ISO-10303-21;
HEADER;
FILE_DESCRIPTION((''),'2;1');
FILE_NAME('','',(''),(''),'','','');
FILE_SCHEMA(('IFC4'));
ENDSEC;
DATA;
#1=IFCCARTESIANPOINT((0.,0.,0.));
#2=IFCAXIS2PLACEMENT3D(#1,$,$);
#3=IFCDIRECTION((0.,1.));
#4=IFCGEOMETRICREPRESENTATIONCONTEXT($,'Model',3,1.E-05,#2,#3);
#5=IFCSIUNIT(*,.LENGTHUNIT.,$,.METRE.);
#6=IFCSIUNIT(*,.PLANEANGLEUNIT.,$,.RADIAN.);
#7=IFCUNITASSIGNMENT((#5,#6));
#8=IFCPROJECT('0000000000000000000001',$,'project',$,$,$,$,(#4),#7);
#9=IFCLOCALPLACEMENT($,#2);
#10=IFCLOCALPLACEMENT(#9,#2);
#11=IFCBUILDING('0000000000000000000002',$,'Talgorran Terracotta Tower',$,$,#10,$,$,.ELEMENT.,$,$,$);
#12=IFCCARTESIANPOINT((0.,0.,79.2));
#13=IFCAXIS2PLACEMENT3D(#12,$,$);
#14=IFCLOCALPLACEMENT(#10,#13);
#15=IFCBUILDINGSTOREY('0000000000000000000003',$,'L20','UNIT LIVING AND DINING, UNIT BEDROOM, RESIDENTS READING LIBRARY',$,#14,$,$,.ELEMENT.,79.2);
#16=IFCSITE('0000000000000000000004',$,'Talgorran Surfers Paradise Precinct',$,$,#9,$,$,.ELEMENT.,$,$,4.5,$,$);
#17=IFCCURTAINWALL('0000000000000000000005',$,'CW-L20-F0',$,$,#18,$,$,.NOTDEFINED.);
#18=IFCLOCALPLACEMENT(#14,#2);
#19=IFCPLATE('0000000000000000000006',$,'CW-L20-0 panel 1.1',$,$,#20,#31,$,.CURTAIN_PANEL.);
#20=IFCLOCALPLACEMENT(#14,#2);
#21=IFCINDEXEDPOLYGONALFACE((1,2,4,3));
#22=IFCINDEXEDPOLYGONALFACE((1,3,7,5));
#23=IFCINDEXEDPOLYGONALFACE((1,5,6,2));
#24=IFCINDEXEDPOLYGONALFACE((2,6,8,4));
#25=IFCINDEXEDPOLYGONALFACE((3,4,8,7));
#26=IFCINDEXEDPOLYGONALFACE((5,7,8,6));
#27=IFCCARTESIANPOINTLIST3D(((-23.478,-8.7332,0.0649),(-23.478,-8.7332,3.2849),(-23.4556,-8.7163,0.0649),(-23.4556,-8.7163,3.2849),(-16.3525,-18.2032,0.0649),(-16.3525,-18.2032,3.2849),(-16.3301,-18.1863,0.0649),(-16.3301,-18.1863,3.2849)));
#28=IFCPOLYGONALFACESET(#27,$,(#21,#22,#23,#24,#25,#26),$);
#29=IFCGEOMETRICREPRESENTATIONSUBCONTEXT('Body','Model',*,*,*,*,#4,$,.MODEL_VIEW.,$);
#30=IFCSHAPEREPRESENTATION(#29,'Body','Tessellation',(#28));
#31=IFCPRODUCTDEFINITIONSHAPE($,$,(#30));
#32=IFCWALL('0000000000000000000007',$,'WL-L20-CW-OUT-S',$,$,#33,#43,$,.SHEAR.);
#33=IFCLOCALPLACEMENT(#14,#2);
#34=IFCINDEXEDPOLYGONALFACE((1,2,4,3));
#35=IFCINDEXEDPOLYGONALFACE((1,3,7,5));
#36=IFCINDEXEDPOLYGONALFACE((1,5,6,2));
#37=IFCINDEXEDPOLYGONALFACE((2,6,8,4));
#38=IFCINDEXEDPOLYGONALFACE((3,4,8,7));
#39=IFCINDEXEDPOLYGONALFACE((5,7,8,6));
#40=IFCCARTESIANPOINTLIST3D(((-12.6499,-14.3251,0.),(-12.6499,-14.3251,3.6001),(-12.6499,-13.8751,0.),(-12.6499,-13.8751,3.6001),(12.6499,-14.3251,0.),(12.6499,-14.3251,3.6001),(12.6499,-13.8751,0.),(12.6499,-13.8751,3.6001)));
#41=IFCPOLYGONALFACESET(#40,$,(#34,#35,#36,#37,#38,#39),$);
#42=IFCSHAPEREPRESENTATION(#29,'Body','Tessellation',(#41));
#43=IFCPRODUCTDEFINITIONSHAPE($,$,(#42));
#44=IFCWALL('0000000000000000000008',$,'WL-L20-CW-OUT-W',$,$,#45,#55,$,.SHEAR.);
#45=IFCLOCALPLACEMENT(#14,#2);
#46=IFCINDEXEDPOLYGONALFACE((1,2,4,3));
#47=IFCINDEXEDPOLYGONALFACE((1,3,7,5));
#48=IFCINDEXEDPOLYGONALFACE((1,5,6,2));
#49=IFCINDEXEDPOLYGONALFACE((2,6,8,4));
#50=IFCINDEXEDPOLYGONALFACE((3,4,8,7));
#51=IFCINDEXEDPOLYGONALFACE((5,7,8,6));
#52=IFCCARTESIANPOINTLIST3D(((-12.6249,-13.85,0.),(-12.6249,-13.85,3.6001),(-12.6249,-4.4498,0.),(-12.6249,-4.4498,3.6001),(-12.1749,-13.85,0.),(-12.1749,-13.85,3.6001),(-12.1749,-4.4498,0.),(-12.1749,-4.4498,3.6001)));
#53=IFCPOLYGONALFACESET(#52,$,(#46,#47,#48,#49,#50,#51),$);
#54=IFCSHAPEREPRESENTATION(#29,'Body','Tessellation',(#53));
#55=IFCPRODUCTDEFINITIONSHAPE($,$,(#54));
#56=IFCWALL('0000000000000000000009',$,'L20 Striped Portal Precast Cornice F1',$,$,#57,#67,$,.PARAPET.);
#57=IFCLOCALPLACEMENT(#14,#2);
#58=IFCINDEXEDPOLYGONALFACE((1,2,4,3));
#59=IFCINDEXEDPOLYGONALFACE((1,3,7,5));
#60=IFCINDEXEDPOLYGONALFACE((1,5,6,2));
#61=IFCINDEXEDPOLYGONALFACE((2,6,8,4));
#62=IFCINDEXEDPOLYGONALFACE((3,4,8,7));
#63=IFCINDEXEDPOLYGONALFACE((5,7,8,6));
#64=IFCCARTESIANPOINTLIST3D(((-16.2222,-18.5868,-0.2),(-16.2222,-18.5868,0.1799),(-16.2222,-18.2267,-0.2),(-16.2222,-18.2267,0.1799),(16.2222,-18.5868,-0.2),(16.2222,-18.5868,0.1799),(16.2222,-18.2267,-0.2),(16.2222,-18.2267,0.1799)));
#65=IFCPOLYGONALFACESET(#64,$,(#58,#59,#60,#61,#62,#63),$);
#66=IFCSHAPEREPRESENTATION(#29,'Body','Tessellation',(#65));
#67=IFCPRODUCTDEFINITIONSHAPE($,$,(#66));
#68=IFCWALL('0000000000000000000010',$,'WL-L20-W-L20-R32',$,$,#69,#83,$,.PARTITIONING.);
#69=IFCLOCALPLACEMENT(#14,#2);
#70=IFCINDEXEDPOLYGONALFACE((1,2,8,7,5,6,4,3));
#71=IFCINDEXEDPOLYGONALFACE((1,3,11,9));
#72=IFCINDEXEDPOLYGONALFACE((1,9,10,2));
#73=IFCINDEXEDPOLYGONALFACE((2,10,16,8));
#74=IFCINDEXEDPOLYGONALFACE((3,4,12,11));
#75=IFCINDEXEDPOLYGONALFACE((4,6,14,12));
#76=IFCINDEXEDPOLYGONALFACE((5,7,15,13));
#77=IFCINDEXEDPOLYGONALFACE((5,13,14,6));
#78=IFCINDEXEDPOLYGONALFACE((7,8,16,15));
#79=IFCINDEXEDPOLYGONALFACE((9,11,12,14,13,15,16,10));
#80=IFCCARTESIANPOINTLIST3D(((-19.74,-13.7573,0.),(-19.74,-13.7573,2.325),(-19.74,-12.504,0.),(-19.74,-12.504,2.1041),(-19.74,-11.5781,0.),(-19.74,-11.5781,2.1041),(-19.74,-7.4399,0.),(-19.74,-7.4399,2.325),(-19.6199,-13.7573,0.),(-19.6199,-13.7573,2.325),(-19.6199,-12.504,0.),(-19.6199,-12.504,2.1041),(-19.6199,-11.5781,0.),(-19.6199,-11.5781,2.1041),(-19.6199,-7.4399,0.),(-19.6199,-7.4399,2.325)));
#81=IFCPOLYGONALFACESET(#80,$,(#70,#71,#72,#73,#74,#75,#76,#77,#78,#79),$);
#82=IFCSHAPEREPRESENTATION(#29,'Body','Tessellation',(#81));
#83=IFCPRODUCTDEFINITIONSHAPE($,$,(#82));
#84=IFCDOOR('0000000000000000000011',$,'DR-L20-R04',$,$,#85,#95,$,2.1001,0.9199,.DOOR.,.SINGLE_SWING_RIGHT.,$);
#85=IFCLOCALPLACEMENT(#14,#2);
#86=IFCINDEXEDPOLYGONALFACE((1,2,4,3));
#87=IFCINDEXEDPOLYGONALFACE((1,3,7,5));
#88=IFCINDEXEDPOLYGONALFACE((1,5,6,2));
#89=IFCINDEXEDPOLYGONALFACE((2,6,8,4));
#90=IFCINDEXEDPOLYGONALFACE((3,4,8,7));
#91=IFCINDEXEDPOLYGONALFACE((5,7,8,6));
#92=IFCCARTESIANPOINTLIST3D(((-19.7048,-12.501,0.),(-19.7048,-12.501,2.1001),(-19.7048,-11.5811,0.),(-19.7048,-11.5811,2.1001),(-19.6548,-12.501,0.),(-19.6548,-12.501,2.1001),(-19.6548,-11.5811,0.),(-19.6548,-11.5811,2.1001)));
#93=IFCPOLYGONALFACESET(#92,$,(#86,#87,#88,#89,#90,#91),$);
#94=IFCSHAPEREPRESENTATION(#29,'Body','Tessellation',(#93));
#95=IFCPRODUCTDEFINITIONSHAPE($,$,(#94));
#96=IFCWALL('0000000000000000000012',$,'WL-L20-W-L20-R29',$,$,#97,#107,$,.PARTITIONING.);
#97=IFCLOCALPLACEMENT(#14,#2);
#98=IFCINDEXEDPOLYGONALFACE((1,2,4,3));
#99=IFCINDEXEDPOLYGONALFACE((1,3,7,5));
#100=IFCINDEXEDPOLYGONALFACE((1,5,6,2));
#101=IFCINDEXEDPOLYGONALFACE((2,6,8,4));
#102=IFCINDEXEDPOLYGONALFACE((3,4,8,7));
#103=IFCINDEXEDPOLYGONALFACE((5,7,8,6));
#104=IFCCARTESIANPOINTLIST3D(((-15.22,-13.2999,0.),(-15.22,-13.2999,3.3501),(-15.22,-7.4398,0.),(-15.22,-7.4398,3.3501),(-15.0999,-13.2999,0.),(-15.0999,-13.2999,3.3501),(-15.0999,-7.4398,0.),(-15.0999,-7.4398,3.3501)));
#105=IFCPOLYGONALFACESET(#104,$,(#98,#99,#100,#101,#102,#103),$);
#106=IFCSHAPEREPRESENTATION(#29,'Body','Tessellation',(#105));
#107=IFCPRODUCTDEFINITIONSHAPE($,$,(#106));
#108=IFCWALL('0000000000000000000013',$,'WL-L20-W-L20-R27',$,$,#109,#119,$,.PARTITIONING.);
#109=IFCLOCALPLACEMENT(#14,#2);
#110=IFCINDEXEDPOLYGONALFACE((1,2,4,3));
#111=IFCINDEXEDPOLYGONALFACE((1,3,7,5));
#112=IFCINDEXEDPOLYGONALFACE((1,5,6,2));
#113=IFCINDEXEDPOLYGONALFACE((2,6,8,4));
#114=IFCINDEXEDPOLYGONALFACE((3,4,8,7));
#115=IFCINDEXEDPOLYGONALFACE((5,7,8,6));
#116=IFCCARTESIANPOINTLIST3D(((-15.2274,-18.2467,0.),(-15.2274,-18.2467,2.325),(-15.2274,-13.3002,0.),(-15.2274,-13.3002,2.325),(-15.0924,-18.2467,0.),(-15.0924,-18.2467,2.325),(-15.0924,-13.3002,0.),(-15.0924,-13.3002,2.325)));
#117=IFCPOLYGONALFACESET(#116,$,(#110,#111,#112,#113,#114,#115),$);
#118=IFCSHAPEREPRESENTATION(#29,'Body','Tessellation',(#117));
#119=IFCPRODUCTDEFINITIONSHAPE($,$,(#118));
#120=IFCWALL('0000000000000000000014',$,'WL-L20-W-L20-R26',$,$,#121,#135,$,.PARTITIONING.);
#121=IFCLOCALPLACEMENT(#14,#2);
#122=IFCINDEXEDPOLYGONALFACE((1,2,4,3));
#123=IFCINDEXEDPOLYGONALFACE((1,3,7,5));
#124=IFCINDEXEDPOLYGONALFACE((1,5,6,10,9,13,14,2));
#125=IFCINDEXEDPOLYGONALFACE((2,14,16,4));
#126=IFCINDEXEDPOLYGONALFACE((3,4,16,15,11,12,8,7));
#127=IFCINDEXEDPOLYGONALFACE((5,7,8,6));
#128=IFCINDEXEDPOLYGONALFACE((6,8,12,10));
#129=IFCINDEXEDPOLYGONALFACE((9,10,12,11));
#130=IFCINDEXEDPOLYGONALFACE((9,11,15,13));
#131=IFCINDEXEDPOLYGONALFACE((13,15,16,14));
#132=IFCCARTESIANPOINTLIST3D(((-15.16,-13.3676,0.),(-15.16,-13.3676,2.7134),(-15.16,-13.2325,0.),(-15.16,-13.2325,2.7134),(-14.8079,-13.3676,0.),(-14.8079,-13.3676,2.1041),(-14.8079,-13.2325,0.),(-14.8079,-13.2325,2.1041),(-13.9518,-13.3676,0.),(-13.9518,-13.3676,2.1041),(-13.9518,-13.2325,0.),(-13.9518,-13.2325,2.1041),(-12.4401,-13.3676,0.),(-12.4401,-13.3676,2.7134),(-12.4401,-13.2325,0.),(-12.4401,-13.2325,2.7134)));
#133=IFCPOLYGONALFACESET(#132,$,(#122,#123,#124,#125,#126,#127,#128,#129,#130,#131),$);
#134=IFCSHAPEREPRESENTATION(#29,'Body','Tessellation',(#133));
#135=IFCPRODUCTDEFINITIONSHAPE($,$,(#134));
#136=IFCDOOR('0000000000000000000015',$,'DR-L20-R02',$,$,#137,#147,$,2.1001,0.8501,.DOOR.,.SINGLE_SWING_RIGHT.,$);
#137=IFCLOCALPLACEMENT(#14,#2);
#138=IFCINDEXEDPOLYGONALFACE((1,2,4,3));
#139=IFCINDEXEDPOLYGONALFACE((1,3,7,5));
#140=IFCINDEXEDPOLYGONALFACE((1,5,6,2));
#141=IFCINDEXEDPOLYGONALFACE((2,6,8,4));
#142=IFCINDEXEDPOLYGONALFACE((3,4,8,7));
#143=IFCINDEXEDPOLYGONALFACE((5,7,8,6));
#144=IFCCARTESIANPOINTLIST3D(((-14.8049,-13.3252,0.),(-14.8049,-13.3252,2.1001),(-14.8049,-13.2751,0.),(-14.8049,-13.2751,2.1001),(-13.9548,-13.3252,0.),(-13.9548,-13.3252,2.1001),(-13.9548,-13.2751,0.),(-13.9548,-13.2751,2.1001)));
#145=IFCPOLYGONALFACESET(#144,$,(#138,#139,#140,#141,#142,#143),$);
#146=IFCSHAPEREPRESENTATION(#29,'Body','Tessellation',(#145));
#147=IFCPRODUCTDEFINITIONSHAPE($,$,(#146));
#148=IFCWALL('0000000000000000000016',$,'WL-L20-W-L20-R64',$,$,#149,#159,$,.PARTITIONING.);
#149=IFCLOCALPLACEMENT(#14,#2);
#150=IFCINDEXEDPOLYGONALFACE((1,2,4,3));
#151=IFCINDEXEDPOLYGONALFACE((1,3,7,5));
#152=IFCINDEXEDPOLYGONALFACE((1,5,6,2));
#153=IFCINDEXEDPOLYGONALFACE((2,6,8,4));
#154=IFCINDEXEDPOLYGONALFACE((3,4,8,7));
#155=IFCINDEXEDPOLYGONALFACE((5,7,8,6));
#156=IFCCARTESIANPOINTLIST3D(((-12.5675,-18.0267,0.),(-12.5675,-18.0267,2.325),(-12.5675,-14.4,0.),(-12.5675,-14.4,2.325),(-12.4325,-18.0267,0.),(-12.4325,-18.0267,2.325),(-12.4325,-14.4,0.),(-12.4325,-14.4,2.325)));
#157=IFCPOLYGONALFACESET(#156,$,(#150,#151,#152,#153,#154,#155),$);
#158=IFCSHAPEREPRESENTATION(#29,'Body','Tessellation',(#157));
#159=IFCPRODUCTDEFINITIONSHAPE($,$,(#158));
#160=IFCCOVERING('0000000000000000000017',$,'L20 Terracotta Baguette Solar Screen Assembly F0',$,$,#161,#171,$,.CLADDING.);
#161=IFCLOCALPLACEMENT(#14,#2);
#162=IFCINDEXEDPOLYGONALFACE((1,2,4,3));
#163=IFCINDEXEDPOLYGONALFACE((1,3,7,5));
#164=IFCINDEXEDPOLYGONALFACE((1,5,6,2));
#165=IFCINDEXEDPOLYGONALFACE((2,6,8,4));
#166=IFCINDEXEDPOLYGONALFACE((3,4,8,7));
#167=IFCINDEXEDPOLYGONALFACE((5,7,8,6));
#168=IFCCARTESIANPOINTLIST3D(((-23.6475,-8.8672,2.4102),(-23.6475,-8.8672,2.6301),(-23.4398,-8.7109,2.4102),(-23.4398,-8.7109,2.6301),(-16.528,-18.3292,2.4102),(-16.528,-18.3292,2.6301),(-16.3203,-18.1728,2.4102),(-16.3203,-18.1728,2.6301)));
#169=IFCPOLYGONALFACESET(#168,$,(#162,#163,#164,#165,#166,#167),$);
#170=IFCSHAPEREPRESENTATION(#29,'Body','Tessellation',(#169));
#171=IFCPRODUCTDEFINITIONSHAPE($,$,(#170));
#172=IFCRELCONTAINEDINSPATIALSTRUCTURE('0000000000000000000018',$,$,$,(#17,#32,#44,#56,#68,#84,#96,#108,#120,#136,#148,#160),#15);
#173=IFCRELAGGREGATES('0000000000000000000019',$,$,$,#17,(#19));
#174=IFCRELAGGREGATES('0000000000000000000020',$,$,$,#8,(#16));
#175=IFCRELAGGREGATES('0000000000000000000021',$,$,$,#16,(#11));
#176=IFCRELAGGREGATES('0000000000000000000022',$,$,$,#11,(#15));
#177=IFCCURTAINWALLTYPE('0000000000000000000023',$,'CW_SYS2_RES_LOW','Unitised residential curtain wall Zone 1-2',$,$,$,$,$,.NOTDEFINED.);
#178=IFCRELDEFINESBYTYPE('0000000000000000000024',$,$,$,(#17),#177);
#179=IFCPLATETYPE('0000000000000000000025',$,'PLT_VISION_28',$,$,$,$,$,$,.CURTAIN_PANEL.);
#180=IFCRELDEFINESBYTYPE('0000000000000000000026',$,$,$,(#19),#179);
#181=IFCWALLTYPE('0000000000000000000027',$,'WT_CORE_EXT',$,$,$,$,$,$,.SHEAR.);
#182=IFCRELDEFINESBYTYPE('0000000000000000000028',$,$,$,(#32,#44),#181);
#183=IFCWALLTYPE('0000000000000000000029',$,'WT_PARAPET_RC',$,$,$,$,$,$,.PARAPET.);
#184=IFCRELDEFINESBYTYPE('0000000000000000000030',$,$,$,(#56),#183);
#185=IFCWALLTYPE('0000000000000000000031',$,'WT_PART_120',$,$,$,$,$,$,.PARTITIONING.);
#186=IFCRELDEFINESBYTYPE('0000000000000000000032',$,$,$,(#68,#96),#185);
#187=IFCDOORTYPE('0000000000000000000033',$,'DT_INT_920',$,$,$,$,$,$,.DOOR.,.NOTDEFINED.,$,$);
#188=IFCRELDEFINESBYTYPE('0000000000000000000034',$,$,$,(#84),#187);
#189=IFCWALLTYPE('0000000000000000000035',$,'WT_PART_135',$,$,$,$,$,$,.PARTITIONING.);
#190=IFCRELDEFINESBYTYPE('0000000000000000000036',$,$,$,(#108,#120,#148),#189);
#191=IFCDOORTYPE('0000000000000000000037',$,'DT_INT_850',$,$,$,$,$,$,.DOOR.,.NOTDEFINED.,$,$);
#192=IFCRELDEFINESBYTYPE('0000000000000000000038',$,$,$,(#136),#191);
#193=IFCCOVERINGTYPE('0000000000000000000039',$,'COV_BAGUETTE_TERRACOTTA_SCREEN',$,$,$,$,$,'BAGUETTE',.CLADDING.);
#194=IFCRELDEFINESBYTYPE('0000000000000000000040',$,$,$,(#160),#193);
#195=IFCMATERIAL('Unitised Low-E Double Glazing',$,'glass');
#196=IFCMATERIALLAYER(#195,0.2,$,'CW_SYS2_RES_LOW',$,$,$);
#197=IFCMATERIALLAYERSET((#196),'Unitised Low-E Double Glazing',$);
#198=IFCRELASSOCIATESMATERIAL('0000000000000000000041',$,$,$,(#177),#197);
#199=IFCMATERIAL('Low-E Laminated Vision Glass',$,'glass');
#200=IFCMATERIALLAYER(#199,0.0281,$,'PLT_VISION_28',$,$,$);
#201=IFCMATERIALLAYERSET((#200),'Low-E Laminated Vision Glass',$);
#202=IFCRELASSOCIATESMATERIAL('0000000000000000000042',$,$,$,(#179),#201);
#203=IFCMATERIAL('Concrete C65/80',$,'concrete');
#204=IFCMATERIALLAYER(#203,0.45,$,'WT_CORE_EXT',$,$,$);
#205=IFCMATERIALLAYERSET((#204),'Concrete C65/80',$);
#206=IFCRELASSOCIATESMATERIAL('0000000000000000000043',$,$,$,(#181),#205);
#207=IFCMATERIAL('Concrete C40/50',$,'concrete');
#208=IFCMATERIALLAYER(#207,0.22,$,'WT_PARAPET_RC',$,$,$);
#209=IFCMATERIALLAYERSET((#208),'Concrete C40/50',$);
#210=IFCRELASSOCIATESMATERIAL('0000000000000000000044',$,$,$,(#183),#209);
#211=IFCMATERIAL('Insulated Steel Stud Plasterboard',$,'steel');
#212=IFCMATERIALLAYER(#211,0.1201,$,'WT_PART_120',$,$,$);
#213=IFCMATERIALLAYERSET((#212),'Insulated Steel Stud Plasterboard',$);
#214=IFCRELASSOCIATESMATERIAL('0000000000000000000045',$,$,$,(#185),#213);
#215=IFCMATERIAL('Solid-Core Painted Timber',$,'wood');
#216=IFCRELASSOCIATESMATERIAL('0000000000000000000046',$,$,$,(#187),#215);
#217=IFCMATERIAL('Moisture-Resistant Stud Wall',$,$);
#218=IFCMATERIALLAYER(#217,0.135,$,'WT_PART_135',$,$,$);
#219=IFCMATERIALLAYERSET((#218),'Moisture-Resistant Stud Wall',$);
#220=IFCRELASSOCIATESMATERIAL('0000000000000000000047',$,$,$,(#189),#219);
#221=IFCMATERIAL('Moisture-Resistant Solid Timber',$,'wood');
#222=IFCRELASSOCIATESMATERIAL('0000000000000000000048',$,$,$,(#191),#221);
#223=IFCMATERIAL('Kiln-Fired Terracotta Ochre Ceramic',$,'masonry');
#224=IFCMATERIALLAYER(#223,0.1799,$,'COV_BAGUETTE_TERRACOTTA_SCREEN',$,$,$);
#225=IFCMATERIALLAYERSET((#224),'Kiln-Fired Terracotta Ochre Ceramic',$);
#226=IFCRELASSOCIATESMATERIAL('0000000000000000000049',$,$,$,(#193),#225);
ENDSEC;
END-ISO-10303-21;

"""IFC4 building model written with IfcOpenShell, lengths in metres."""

from ifc_helpers import new_model, si_unit, direction, frame, frame_2d, origin, origin_2d, place, context, subcontext, project, spatial, rectangle, extrude, source, transform, mapped, material, layer, layer_set, type_object, type_shapes, element, fill, aggregate, save


model = new_model("IFC4")

# Units and contexts
model_context = context("Model", 3, precision=1e-05, world=origin(), true_north=direction((0.0, 1.0)))
body_context = subcontext(model_context, "Body", "Model", "MODEL_VIEW")
ifc_project = project(units=[si_unit("LENGTHUNIT", "METRE"), si_unit("PLANEANGLEUNIT", "RADIAN")], contexts=[model_context])

# Site, building, storey
site_placement = place(None, origin())
site = spatial("IfcSite", under=ifc_project, at=site_placement, Name="Talgorran Surfers Paradise Precinct", CompositionType="ELEMENT", RefElevation=4.5)
building_placement = place(site_placement, origin())
building = spatial("IfcBuilding", under=site, at=building_placement, Name="Talgorran Terracotta Tower", CompositionType="ELEMENT")
storey_placement = place(building_placement, frame((0.0, 0.0, 79.2)))
storey = spatial("IfcBuildingStorey", under=building, at=storey_placement, Name="L20", Description="UNIT LIVING AND DINING, UNIT BEDROOM, RESIDENTS READING LIBRARY", CompositionType="ELEMENT", Elevation=79.2)

# Curtain wall
ifc_material_1 = material(Name="Unitised Low-E Double Glazing", Category="glass")
ifc_layer_1 = layer(ifc_material_1, 0.2, Name="CW_SYS2_RES_LOW")
ifc_layer_set_1 = layer_set([ifc_layer_1], Name="Unitised Low-E Double Glazing")
curtain_wall_type = type_object("IfcCurtainWallType", Name="CW_SYS2_RES_LOW", Description="Unitised residential curtain wall Zone 1-2", PredefinedType="NOTDEFINED", material=ifc_layer_set_1)
curtain_wall_1_placement = place(storey_placement, origin())
curtain_wall_1 = element("IfcCurtainWall", 1, at=curtain_wall_1_placement, inside=storey, type_object=curtain_wall_type, Name="CW-L20-F0", PredefinedType="NOTDEFINED")

# Plate
ifc_material_2 = material(Name="Low-E Laminated Vision Glass", Category="glass")
ifc_layer_2 = layer(ifc_material_2, 0.0281, Name="PLT_VISION_28")
ifc_layer_set_2 = layer_set([ifc_layer_2], Name="Low-E Laminated Vision Glass")
plate_type_1 = type_object("IfcPlateType", Name="PLT_VISION_28", PredefinedType="CURTAIN_PANEL", material=ifc_layer_set_2)
shared_shape_1 = source(origin(), body_context, "Body", "SweptSolid", [
    extrude(rectangle(XDim=11.8513, YDim=0.0281, at=origin_2d()), origin(), (0.0, 0.0, 1.0), 3.22),
])
type_shapes(plate_type_1, [shared_shape_1])
plate_1_placement = place(storey_placement, frame((-19.9041, -13.4597, 0.0649), z_axis=(0.0, 0.0, 1.0), x_axis=(0.601243, -0.799067, 0.0)))
plate_1 = element("IfcPlate", 2, at=plate_1_placement, type_object=plate_type_1, Name="CW-L20-0 panel 1.1", PredefinedType="CURTAIN_PANEL", context=body_context, shape_type="MappedRepresentation", body=[
    mapped(shared_shape_1, transform((0.0, 0.0, 0.0), scale=1.0)),
])
aggregate(curtain_wall_1, [plate_1])

# Walls
ifc_material_3 = material(Name="Concrete C65/80", Category="concrete")
ifc_layer_3 = layer(ifc_material_3, 0.45, Name="WT_CORE_EXT")
ifc_layer_set_3 = layer_set([ifc_layer_3], Name="Concrete C65/80")
wall_type_1 = type_object("IfcWallType", Name="WT_CORE_EXT", PredefinedType="SHEAR", material=ifc_layer_set_3)
wall_1_placement = place(storey_placement, frame((-12.6499, -14.1001, 0.0), z_axis=(0.0, 0.0, 1.0), x_axis=(1.0, 0.0, 0.0)))
element("IfcWall", 3, at=wall_1_placement, inside=storey, type_object=wall_type_1, Name="WL-L20-CW-OUT-S", PredefinedType="SHEAR", context=body_context, shape_type="SweptSolid", body=[
    extrude(rectangle(XDim=25.2998, YDim=0.45, at=frame_2d((12.6499, 0.0))), origin(), (0.0, 0.0, 1.0), 3.6001),
])
wall_2_placement = place(storey_placement, frame((-12.3999, -13.8501, 0.0), z_axis=(0.0, 0.0, 1.0), x_axis=(0.0, 1.0, 0.0)))
element("IfcWall", 4, at=wall_2_placement, inside=storey, type_object=wall_type_1, Name="WL-L20-CW-OUT-W", PredefinedType="SHEAR", context=body_context, shape_type="SweptSolid", body=[
    extrude(rectangle(XDim=9.4001, YDim=0.45, at=frame_2d((4.7002, 0.0))), origin(), (0.0, 0.0, 1.0), 3.6001),
])
ifc_material_4 = material(Name="Concrete C40/50", Category="concrete")
ifc_layer_4 = layer(ifc_material_4, 0.22, Name="WT_PARAPET_RC")
ifc_layer_set_4 = layer_set([ifc_layer_4], Name="Concrete C40/50")
wall_type_2 = type_object("IfcWallType", Name="WT_PARAPET_RC", PredefinedType="PARAPET", material=ifc_layer_set_4)
wall_3_placement = place(storey_placement, frame((-16.2222, -18.4067, -0.2), z_axis=(0.0, 0.0, 1.0), x_axis=(1.0, 0.0, 0.0)))
element("IfcWall", 5, at=wall_3_placement, inside=storey, type_object=wall_type_2, Name="L20 Striped Portal Precast Cornice F1", PredefinedType="PARAPET", context=body_context, shape_type="SweptSolid", body=[
    extrude(rectangle(XDim=32.4443, YDim=0.3601, at=frame_2d((16.2222, 0.0))), origin(), (0.0, 0.0, 1.0), 0.3799),
])

# Wall, opening, door
ifc_material_5 = material(Name="Insulated Steel Stud Plasterboard", Category="steel")
ifc_layer_5 = layer(ifc_material_5, 0.1201, Name="WT_PART_120")
ifc_layer_set_5 = layer_set([ifc_layer_5], Name="Insulated Steel Stud Plasterboard")
wall_type_3 = type_object("IfcWallType", Name="WT_PART_120", PredefinedType="PARTITIONING", material=ifc_layer_set_5)
wall_4_placement = place(storey_placement, frame((-19.6799, -13.7573, 0.0), z_axis=(0.0, 0.0, 1.0), x_axis=(0.0, 1.0, 0.0)))
wall_4 = element("IfcWall", 6, at=wall_4_placement, inside=storey, type_object=wall_type_3, Name="WL-L20-W-L20-R32", PredefinedType="PARTITIONING", context=body_context, shape_type="SweptSolid", body=[
    extrude(rectangle(XDim=6.3174, YDim=0.1201, at=frame_2d((3.1587, 0.0))), origin(), (0.0, 0.0, 1.0), 2.325),
])
opening_1_placement = place(wall_4_placement, frame((1.2563, 0.0, 0.0)))
opening_1 = element("IfcOpeningElement", 7, at=opening_1_placement, cuts=wall_4, PredefinedType="OPENING", context=body_context, shape_type="SweptSolid", body=[
    extrude(rectangle(XDim=0.9259, YDim=2.1041, at=frame_2d((0.46, 1.052))), frame((0.0, 0.0701, 0.0), z_axis=(0.0, -1.0, 0.0), x_axis=(1.0, 0.0, 0.0)), (0.0, 0.0, 1.0), 0.1401),
])
ifc_material_6 = material(Name="Solid-Core Painted Timber", Category="wood")
door_type_1 = type_object("IfcDoorType", Name="DT_INT_920", OperationType="NOTDEFINED", PredefinedType="DOOR", material=ifc_material_6)
door_1_placement = place(opening_1_placement, origin())
door_1 = element("IfcDoor", 8, at=door_1_placement, inside=storey, type_object=door_type_1, Name="DR-L20-R04", OperationType="SINGLE_SWING_RIGHT", OverallHeight=2.1001, OverallWidth=0.9199, PredefinedType="DOOR", context=body_context, shape_type="SweptSolid", body=[
    extrude(rectangle(XDim=0.9199, YDim=2.1001, at=frame_2d((0.46, 1.05))), frame((0.0, 0.0249, 0.0), z_axis=(0.0, -1.0, 0.0), x_axis=(1.0, 0.0, 0.0)), (0.0, 0.0, 1.0), 0.05),
])
fill(opening_1, door_1)

# Walls
wall_5_placement = place(storey_placement, frame((-15.1599, -13.3, 0.0), z_axis=(0.0, 0.0, 1.0), x_axis=(0.0, 1.0, 0.0)))
element("IfcWall", 9, at=wall_5_placement, inside=storey, type_object=wall_type_3, Name="WL-L20-W-L20-R29", PredefinedType="PARTITIONING", context=body_context, shape_type="SweptSolid", body=[
    extrude(rectangle(XDim=5.8601, YDim=0.1201, at=frame_2d((2.9302, 0.0))), origin(), (0.0, 0.0, 1.0), 3.3501),
])
ifc_material_7 = material(Name="Moisture-Resistant Stud Wall")
ifc_layer_6 = layer(ifc_material_7, 0.135, Name="WT_PART_135")
ifc_layer_set_6 = layer_set([ifc_layer_6], Name="Moisture-Resistant Stud Wall")
wall_type_4 = type_object("IfcWallType", Name="WT_PART_135", PredefinedType="PARTITIONING", material=ifc_layer_set_6)
wall_6_placement = place(storey_placement, frame((-15.1599, -18.2466, 0.0), z_axis=(0.0, 0.0, 1.0), x_axis=(0.0, 1.0, 0.0)))
element("IfcWall", 10, at=wall_6_placement, inside=storey, type_object=wall_type_4, Name="WL-L20-W-L20-R27", PredefinedType="PARTITIONING", context=body_context, shape_type="SweptSolid", body=[
    extrude(rectangle(XDim=4.9465, YDim=0.135, at=frame_2d((2.4731, 0.0))), origin(), (0.0, 0.0, 1.0), 2.325),
])

# Wall, opening, door
wall_7_placement = place(storey_placement, frame((-15.1599, -13.3, 0.0), z_axis=(0.0, 0.0, 1.0), x_axis=(1.0, 0.0, 0.0)))
wall_7 = element("IfcWall", 11, at=wall_7_placement, inside=storey, type_object=wall_type_4, Name="WL-L20-W-L20-R26", PredefinedType="PARTITIONING", context=body_context, shape_type="SweptSolid", body=[
    extrude(rectangle(XDim=2.72, YDim=0.135, at=frame_2d((1.3599, 0.0))), origin(), (0.0, 0.0, 1.0), 2.7134),
])
opening_2_placement = place(wall_7_placement, frame((0.355, 0.0, 0.0)))
opening_2 = element("IfcOpeningElement", 12, at=opening_2_placement, cuts=wall_7, PredefinedType="OPENING", context=body_context, shape_type="SweptSolid", body=[
    extrude(rectangle(XDim=0.8561, YDim=2.1041, at=frame_2d((0.425, 1.052))), frame((0.0, 0.0776, 0.0), z_axis=(0.0, -1.0, 0.0), x_axis=(1.0, 0.0, 0.0)), (0.0, 0.0, 1.0), 0.155),
])
ifc_material_8 = material(Name="Moisture-Resistant Solid Timber", Category="wood")
door_type_2 = type_object("IfcDoorType", Name="DT_INT_850", OperationType="NOTDEFINED", PredefinedType="DOOR", material=ifc_material_8)
door_2_placement = place(opening_2_placement, origin())
door_2 = element("IfcDoor", 13, at=door_2_placement, inside=storey, type_object=door_type_2, Name="DR-L20-R02", OperationType="SINGLE_SWING_RIGHT", OverallHeight=2.1001, OverallWidth=0.8501, PredefinedType="DOOR", context=body_context, shape_type="SweptSolid", body=[
    extrude(rectangle(XDim=0.8501, YDim=2.1001, at=frame_2d((0.425, 1.05))), frame((0.0, 0.0249, 0.0), z_axis=(0.0, -1.0, 0.0), x_axis=(1.0, 0.0, 0.0)), (0.0, 0.0, 1.0), 0.05),
])
fill(opening_2, door_2)

# Wall
wall_8_placement = place(storey_placement, frame((-12.5, -14.3999, 0.0), z_axis=(0.0, 0.0, 1.0), x_axis=(0.0, -1.0, 0.0)))
element("IfcWall", 14, at=wall_8_placement, inside=storey, type_object=wall_type_4, Name="WL-L20-W-L20-R64", PredefinedType="PARTITIONING", context=body_context, shape_type="SweptSolid", body=[
    extrude(rectangle(XDim=3.6267, YDim=0.135, at=frame_2d((1.8135, 0.0))), origin(), (0.0, 0.0, 1.0), 2.325),
])

# Covering
ifc_material_9 = material(Name="Kiln-Fired Terracotta Ochre Ceramic", Category="masonry")
ifc_layer_7 = layer(ifc_material_9, 0.1799, Name="COV_BAGUETTE_TERRACOTTA_SCREEN")
ifc_layer_set_7 = layer_set([ifc_layer_7], Name="Kiln-Fired Terracotta Ochre Ceramic")
covering_type_1 = type_object("IfcCoveringType", Name="COV_BAGUETTE_TERRACOTTA_SCREEN", ElementType="BAGUETTE", PredefinedType="CLADDING", material=ifc_layer_set_7)
covering_1_placement = place(storey_placement, frame((-19.9839, -13.52, 2.4102), z_axis=(0.0, 0.0, 1.0), x_axis=(0.601243, -0.799066, 0.0)))
element("IfcCovering", 15, at=covering_1_placement, inside=storey, type_object=covering_type_1, Name="L20 Terracotta Baguette Solar Screen Assembly F0", PredefinedType="CLADDING", context=body_context, shape_type="SweptSolid", body=[
    extrude(rectangle(XDim=11.8413, YDim=0.26, at=origin_2d()), origin(), (0.0, 0.0, 1.0), 0.22),
])

save(model, "model.ifc")
